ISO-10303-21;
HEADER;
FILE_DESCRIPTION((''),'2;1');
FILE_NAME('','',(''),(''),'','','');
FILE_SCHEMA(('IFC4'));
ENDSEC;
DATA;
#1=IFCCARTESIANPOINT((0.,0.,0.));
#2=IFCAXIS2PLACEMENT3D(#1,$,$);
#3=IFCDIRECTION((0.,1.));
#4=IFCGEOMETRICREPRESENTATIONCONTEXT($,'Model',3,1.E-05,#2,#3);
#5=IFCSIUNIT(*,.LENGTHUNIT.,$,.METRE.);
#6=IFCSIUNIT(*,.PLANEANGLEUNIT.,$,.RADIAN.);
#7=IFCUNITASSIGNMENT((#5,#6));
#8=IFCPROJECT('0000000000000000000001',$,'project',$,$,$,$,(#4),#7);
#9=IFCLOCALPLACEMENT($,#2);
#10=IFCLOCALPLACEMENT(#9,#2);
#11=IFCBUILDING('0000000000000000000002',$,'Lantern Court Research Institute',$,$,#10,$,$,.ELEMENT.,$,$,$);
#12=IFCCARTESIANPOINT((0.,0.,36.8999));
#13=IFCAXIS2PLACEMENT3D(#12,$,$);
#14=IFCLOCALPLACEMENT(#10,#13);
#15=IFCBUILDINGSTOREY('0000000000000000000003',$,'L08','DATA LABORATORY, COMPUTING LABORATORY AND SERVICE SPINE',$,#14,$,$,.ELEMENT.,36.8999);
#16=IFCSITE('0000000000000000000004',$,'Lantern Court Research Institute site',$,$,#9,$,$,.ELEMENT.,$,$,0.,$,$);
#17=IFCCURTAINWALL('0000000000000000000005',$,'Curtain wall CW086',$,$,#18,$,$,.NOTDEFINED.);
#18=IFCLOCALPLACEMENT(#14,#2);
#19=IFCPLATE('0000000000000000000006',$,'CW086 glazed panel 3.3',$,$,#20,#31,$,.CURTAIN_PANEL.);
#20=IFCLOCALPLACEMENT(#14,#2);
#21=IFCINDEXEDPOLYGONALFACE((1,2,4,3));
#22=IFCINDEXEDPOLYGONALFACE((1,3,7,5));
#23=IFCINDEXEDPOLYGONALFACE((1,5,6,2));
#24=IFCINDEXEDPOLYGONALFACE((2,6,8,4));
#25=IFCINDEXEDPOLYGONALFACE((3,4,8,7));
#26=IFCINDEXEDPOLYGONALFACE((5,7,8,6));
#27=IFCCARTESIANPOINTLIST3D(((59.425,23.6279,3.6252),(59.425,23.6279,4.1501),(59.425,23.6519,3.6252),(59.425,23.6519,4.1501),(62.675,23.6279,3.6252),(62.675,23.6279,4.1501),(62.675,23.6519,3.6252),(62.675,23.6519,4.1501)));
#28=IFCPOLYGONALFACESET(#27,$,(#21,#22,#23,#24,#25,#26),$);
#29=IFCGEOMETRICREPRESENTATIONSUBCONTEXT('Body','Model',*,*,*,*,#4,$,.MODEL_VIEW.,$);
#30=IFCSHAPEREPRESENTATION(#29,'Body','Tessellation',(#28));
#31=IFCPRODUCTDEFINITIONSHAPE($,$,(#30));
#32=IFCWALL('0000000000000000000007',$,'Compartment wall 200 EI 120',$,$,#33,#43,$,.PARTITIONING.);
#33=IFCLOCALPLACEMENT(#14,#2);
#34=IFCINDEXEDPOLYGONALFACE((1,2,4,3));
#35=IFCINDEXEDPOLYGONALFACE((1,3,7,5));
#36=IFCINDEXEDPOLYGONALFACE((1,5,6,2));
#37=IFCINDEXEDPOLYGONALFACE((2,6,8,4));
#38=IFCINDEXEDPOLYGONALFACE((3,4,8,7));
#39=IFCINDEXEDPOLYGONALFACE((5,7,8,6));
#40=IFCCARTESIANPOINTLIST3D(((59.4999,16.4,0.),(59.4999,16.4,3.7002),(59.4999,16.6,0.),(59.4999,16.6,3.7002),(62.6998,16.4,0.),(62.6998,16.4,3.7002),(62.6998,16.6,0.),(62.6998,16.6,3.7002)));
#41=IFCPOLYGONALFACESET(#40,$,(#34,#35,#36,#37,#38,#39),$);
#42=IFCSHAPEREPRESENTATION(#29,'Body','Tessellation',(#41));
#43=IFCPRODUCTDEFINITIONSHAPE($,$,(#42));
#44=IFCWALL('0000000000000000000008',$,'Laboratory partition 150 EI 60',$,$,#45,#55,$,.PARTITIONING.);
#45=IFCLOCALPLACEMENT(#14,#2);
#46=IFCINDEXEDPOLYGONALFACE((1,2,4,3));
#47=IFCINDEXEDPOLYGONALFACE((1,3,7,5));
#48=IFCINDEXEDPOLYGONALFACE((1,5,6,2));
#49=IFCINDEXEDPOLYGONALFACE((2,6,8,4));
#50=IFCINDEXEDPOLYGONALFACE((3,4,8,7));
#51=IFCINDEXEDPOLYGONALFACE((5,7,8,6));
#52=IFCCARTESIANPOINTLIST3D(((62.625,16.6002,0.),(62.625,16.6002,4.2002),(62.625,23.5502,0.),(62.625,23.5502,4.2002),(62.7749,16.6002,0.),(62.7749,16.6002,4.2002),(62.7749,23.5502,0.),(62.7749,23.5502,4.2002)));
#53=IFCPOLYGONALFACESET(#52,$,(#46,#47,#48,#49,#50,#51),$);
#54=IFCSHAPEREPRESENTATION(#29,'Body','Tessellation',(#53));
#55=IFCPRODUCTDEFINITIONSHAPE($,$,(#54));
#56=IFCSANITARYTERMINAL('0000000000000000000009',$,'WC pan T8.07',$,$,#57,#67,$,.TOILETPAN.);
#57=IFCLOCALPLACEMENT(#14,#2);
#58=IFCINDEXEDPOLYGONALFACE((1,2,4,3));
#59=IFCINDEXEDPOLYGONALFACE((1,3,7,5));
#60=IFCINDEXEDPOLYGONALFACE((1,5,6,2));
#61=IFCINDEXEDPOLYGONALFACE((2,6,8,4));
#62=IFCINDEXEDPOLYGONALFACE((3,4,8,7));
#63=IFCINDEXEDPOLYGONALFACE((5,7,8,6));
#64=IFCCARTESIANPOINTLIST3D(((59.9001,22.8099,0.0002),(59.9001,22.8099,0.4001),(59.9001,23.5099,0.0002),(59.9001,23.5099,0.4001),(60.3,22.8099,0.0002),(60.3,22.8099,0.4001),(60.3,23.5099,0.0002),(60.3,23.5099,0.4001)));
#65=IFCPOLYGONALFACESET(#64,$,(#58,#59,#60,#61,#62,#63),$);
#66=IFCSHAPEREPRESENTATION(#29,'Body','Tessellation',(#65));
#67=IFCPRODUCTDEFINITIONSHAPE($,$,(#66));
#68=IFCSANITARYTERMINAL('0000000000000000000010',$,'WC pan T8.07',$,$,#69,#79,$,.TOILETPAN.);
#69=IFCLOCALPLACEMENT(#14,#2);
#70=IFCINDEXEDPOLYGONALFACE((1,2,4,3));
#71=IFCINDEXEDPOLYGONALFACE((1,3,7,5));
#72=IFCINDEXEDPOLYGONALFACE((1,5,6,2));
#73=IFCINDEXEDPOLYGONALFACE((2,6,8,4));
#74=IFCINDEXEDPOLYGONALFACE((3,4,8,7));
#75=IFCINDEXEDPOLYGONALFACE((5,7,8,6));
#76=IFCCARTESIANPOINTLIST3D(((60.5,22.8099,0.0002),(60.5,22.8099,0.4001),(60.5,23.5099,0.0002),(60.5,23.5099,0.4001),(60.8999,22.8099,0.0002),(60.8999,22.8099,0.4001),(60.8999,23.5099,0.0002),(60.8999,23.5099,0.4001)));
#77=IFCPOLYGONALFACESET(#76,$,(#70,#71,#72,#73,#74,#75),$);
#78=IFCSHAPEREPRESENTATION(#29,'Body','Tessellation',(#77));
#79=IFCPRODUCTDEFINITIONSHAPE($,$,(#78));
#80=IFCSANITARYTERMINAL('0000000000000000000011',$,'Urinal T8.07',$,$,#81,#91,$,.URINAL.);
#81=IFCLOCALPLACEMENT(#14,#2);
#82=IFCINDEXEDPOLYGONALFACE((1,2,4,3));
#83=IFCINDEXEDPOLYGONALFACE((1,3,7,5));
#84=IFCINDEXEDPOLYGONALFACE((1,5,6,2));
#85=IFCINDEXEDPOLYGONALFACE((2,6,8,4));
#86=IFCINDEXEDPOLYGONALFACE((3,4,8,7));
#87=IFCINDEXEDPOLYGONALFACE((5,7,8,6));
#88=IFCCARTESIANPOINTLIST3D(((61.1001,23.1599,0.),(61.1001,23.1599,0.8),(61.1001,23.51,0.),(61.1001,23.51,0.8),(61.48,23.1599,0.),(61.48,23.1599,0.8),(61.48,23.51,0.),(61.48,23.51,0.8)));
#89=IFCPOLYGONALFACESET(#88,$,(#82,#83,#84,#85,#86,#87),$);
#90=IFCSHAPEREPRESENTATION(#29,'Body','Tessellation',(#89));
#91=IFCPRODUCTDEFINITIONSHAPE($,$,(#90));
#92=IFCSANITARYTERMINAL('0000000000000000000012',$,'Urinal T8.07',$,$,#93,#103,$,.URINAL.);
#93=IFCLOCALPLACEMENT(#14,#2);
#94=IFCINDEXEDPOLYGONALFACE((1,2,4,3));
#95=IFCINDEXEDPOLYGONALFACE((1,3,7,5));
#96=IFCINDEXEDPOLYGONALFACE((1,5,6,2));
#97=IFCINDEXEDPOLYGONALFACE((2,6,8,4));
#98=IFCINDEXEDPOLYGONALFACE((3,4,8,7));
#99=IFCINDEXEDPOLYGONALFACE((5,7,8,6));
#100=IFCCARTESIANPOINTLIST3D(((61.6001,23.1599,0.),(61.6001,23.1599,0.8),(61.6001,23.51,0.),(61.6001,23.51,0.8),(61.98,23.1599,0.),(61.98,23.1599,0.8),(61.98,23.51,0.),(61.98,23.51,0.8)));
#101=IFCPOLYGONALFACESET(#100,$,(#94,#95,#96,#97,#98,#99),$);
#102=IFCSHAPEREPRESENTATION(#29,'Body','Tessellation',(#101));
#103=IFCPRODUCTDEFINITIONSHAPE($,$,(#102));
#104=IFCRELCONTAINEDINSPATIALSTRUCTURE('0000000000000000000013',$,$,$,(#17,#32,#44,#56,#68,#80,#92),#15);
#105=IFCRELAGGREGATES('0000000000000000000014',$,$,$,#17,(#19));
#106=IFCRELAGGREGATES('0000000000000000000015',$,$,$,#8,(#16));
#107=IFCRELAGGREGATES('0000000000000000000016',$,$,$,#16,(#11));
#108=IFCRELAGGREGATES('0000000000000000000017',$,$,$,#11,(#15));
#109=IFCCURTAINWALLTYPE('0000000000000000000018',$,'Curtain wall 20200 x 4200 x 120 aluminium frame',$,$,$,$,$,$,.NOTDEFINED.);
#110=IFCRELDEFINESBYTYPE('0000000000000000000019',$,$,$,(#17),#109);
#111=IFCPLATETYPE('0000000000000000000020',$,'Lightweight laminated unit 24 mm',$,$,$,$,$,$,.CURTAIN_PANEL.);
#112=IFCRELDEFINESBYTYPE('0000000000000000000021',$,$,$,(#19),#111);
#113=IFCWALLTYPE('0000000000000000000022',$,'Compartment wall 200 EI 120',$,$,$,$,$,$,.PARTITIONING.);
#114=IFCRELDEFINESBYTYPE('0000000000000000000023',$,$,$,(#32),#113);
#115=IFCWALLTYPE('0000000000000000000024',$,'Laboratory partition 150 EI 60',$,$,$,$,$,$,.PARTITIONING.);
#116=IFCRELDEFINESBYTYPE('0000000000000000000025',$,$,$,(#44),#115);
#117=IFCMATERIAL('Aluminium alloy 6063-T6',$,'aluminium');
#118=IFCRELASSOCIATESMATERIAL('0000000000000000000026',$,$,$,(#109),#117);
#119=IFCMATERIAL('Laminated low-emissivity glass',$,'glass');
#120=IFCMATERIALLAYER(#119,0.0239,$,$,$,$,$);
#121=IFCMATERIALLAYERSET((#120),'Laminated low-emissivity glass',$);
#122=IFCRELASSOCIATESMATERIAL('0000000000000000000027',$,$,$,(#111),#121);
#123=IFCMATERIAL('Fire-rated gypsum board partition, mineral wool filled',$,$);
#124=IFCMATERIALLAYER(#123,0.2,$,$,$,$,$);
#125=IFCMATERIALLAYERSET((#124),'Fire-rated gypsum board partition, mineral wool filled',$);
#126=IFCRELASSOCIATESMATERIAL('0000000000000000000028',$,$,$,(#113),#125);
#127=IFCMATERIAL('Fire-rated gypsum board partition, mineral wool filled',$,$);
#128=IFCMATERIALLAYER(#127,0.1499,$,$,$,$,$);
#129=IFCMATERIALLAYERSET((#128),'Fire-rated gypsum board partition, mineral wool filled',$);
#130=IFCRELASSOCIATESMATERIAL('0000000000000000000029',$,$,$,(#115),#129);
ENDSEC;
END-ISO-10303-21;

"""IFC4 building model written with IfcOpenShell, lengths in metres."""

from ifc_helpers import new_model, si_unit, direction, frame, frame_2d, origin, origin_2d, place, context, subcontext, project, spatial, rectangle, extrude, material, layer, layer_set, type_object, element, aggregate, save


model = new_model("IFC4")

# Units and contexts
model_context = context("Model", 3, precision=1e-05, world=origin(), true_north=direction((0.0, 1.0)))
body_context = subcontext(model_context, "Body", "Model", "MODEL_VIEW")
ifc_project = project(units=[si_unit("LENGTHUNIT", "METRE"), si_unit("PLANEANGLEUNIT", "RADIAN")], contexts=[model_context])

# Site, building, storey
site_placement = place(None, origin())
site = spatial("IfcSite", under=ifc_project, at=site_placement, Name="Lantern Court Research Institute site", CompositionType="ELEMENT", RefElevation=0.0)
building_placement = place(site_placement, origin())
building = spatial("IfcBuilding", under=site, at=building_placement, Name="Lantern Court Research Institute", CompositionType="ELEMENT")
storey_placement = place(building_placement, frame((0.0, 0.0, 36.8999)))
storey = spatial("IfcBuildingStorey", under=building, at=storey_placement, Name="L08", Description="DATA LABORATORY, COMPUTING LABORATORY AND SERVICE SPINE", CompositionType="ELEMENT", Elevation=36.8999)

# Curtain wall
ifc_material_1 = material(Name="Aluminium alloy 6063-T6", Category="aluminium")
curtain_wall_type = type_object("IfcCurtainWallType", Name="Curtain wall 20200 x 4200 x 120 aluminium frame", PredefinedType="NOTDEFINED", material=ifc_material_1)
curtain_wall_placement = place(storey_placement, origin())
curtain_wall = element("IfcCurtainWall", 1, at=curtain_wall_placement, inside=storey, type_object=curtain_wall_type, Name="Curtain wall CW086", PredefinedType="NOTDEFINED")

# Plate
ifc_material_2 = material(Name="Laminated low-emissivity glass", Category="glass")
ifc_layer_1 = layer(ifc_material_2, 0.0239)
ifc_layer_set_1 = layer_set([ifc_layer_1], Name="Laminated low-emissivity glass")
plate_type_1 = type_object("IfcPlateType", Name="Lightweight laminated unit 24 mm", PredefinedType="CURTAIN_PANEL", material=ifc_layer_set_1)
plate_1_placement = place(storey_placement, frame((61.05, 23.6399, 3.6252), z_axis=(0.0, 0.0, 1.0), x_axis=(1.0, 0.0, 0.0)))
plate_1 = element("IfcPlate", 2, at=plate_1_placement, type_object=plate_type_1, Name="CW086 glazed panel 3.3", PredefinedType="CURTAIN_PANEL", context=body_context, shape_type="SweptSolid", body=[
    extrude(rectangle(XDim=3.25, YDim=0.0239, at=origin_2d()), origin(), (0.0, 0.0, 1.0), 0.5249),
])
aggregate(curtain_wall, [plate_1])

# Walls
ifc_material_3 = material(Name="Fire-rated gypsum board partition, mineral wool filled")
ifc_layer_2 = layer(ifc_material_3, 0.2)
ifc_layer_set_2 = layer_set([ifc_layer_2], Name="Fire-rated gypsum board partition, mineral wool filled")
wall_type_1 = type_object("IfcWallType", Name="Compartment wall 200 EI 120", PredefinedType="PARTITIONING", material=ifc_layer_set_2)
wall_1_placement = place(storey_placement, frame((62.7, 16.5, 0.0), z_axis=(0.0, 0.0, 1.0), x_axis=(-1.0, 0.0, 0.0)))
element("IfcWall", 3, at=wall_1_placement, inside=storey, type_object=wall_type_1, Name="Compartment wall 200 EI 120", PredefinedType="PARTITIONING", context=body_context, shape_type="SweptSolid", body=[
    extrude(rectangle(XDim=3.2, YDim=0.2, at=frame_2d((1.6001, 0.0))), origin(), (0.0, 0.0, 1.0), 3.7002),
])
ifc_material_4 = material(Name="Fire-rated gypsum board partition, mineral wool filled")
ifc_layer_3 = layer(ifc_material_4, 0.1499)
ifc_layer_set_3 = layer_set([ifc_layer_3], Name="Fire-rated gypsum board partition, mineral wool filled")
wall_type_2 = type_object("IfcWallType", Name="Laboratory partition 150 EI 60", PredefinedType="PARTITIONING", material=ifc_layer_set_3)
wall_2_placement = place(storey_placement, frame((62.7, 16.6001, 0.0), z_axis=(0.0, 0.0, 1.0), x_axis=(0.0, 1.0, 0.0)))
element("IfcWall", 4, at=wall_2_placement, inside=storey, type_object=wall_type_2, Name="Laboratory partition 150 EI 60", PredefinedType="PARTITIONING", context=body_context, shape_type="SweptSolid", body=[
    extrude(rectangle(XDim=6.95, YDim=0.1499, at=frame_2d((3.4751, 0.0))), origin(), (0.0, 0.0, 1.0), 4.2002),
])

# Sanitary terminals
for number, where, z_axis, x_axis, name in (
    (5, (60.1001, 23.1599, 0.0002), (0.0, 0.0, 1.0), (1.0, 0.0, 0.0), "WC pan T8.07"),
    (6, (60.7, 23.1599, 0.0002), (0.0, 0.0, 1.0), (1.0, 0.0, 0.0), "WC pan T8.07"),
):
    element("IfcSanitaryTerminal", number, at=place(storey_placement, frame(where, z_axis=z_axis, x_axis=x_axis)), inside=storey, Name=name, PredefinedType="TOILETPAN", context=body_context, shape_type="SweptSolid", body=[
        extrude(rectangle(XDim=0.3999, YDim=0.7, at=origin_2d()), origin(), (0.0, 0.0, 1.0), 0.3999),
    ])
for number, where, z_axis, x_axis, name in (
    (7, (61.29, 23.335, 0.0), (0.0, 0.0, 1.0), (1.0, 0.0, 0.0), "Urinal T8.07"),
    (8, (61.79, 23.335, 0.0), (0.0, 0.0, 1.0), (1.0, 0.0, 0.0), "Urinal T8.07"),
):
    element("IfcSanitaryTerminal", number, at=place(storey_placement, frame(where, z_axis=z_axis, x_axis=x_axis)), inside=storey, Name=name, PredefinedType="URINAL", context=body_context, shape_type="SweptSolid", body=[
        extrude(rectangle(XDim=0.3799, YDim=0.3501, at=origin_2d()), origin(), (0.0, 0.0, 1.0), 0.8),
    ])

save(model, "model.ifc")
